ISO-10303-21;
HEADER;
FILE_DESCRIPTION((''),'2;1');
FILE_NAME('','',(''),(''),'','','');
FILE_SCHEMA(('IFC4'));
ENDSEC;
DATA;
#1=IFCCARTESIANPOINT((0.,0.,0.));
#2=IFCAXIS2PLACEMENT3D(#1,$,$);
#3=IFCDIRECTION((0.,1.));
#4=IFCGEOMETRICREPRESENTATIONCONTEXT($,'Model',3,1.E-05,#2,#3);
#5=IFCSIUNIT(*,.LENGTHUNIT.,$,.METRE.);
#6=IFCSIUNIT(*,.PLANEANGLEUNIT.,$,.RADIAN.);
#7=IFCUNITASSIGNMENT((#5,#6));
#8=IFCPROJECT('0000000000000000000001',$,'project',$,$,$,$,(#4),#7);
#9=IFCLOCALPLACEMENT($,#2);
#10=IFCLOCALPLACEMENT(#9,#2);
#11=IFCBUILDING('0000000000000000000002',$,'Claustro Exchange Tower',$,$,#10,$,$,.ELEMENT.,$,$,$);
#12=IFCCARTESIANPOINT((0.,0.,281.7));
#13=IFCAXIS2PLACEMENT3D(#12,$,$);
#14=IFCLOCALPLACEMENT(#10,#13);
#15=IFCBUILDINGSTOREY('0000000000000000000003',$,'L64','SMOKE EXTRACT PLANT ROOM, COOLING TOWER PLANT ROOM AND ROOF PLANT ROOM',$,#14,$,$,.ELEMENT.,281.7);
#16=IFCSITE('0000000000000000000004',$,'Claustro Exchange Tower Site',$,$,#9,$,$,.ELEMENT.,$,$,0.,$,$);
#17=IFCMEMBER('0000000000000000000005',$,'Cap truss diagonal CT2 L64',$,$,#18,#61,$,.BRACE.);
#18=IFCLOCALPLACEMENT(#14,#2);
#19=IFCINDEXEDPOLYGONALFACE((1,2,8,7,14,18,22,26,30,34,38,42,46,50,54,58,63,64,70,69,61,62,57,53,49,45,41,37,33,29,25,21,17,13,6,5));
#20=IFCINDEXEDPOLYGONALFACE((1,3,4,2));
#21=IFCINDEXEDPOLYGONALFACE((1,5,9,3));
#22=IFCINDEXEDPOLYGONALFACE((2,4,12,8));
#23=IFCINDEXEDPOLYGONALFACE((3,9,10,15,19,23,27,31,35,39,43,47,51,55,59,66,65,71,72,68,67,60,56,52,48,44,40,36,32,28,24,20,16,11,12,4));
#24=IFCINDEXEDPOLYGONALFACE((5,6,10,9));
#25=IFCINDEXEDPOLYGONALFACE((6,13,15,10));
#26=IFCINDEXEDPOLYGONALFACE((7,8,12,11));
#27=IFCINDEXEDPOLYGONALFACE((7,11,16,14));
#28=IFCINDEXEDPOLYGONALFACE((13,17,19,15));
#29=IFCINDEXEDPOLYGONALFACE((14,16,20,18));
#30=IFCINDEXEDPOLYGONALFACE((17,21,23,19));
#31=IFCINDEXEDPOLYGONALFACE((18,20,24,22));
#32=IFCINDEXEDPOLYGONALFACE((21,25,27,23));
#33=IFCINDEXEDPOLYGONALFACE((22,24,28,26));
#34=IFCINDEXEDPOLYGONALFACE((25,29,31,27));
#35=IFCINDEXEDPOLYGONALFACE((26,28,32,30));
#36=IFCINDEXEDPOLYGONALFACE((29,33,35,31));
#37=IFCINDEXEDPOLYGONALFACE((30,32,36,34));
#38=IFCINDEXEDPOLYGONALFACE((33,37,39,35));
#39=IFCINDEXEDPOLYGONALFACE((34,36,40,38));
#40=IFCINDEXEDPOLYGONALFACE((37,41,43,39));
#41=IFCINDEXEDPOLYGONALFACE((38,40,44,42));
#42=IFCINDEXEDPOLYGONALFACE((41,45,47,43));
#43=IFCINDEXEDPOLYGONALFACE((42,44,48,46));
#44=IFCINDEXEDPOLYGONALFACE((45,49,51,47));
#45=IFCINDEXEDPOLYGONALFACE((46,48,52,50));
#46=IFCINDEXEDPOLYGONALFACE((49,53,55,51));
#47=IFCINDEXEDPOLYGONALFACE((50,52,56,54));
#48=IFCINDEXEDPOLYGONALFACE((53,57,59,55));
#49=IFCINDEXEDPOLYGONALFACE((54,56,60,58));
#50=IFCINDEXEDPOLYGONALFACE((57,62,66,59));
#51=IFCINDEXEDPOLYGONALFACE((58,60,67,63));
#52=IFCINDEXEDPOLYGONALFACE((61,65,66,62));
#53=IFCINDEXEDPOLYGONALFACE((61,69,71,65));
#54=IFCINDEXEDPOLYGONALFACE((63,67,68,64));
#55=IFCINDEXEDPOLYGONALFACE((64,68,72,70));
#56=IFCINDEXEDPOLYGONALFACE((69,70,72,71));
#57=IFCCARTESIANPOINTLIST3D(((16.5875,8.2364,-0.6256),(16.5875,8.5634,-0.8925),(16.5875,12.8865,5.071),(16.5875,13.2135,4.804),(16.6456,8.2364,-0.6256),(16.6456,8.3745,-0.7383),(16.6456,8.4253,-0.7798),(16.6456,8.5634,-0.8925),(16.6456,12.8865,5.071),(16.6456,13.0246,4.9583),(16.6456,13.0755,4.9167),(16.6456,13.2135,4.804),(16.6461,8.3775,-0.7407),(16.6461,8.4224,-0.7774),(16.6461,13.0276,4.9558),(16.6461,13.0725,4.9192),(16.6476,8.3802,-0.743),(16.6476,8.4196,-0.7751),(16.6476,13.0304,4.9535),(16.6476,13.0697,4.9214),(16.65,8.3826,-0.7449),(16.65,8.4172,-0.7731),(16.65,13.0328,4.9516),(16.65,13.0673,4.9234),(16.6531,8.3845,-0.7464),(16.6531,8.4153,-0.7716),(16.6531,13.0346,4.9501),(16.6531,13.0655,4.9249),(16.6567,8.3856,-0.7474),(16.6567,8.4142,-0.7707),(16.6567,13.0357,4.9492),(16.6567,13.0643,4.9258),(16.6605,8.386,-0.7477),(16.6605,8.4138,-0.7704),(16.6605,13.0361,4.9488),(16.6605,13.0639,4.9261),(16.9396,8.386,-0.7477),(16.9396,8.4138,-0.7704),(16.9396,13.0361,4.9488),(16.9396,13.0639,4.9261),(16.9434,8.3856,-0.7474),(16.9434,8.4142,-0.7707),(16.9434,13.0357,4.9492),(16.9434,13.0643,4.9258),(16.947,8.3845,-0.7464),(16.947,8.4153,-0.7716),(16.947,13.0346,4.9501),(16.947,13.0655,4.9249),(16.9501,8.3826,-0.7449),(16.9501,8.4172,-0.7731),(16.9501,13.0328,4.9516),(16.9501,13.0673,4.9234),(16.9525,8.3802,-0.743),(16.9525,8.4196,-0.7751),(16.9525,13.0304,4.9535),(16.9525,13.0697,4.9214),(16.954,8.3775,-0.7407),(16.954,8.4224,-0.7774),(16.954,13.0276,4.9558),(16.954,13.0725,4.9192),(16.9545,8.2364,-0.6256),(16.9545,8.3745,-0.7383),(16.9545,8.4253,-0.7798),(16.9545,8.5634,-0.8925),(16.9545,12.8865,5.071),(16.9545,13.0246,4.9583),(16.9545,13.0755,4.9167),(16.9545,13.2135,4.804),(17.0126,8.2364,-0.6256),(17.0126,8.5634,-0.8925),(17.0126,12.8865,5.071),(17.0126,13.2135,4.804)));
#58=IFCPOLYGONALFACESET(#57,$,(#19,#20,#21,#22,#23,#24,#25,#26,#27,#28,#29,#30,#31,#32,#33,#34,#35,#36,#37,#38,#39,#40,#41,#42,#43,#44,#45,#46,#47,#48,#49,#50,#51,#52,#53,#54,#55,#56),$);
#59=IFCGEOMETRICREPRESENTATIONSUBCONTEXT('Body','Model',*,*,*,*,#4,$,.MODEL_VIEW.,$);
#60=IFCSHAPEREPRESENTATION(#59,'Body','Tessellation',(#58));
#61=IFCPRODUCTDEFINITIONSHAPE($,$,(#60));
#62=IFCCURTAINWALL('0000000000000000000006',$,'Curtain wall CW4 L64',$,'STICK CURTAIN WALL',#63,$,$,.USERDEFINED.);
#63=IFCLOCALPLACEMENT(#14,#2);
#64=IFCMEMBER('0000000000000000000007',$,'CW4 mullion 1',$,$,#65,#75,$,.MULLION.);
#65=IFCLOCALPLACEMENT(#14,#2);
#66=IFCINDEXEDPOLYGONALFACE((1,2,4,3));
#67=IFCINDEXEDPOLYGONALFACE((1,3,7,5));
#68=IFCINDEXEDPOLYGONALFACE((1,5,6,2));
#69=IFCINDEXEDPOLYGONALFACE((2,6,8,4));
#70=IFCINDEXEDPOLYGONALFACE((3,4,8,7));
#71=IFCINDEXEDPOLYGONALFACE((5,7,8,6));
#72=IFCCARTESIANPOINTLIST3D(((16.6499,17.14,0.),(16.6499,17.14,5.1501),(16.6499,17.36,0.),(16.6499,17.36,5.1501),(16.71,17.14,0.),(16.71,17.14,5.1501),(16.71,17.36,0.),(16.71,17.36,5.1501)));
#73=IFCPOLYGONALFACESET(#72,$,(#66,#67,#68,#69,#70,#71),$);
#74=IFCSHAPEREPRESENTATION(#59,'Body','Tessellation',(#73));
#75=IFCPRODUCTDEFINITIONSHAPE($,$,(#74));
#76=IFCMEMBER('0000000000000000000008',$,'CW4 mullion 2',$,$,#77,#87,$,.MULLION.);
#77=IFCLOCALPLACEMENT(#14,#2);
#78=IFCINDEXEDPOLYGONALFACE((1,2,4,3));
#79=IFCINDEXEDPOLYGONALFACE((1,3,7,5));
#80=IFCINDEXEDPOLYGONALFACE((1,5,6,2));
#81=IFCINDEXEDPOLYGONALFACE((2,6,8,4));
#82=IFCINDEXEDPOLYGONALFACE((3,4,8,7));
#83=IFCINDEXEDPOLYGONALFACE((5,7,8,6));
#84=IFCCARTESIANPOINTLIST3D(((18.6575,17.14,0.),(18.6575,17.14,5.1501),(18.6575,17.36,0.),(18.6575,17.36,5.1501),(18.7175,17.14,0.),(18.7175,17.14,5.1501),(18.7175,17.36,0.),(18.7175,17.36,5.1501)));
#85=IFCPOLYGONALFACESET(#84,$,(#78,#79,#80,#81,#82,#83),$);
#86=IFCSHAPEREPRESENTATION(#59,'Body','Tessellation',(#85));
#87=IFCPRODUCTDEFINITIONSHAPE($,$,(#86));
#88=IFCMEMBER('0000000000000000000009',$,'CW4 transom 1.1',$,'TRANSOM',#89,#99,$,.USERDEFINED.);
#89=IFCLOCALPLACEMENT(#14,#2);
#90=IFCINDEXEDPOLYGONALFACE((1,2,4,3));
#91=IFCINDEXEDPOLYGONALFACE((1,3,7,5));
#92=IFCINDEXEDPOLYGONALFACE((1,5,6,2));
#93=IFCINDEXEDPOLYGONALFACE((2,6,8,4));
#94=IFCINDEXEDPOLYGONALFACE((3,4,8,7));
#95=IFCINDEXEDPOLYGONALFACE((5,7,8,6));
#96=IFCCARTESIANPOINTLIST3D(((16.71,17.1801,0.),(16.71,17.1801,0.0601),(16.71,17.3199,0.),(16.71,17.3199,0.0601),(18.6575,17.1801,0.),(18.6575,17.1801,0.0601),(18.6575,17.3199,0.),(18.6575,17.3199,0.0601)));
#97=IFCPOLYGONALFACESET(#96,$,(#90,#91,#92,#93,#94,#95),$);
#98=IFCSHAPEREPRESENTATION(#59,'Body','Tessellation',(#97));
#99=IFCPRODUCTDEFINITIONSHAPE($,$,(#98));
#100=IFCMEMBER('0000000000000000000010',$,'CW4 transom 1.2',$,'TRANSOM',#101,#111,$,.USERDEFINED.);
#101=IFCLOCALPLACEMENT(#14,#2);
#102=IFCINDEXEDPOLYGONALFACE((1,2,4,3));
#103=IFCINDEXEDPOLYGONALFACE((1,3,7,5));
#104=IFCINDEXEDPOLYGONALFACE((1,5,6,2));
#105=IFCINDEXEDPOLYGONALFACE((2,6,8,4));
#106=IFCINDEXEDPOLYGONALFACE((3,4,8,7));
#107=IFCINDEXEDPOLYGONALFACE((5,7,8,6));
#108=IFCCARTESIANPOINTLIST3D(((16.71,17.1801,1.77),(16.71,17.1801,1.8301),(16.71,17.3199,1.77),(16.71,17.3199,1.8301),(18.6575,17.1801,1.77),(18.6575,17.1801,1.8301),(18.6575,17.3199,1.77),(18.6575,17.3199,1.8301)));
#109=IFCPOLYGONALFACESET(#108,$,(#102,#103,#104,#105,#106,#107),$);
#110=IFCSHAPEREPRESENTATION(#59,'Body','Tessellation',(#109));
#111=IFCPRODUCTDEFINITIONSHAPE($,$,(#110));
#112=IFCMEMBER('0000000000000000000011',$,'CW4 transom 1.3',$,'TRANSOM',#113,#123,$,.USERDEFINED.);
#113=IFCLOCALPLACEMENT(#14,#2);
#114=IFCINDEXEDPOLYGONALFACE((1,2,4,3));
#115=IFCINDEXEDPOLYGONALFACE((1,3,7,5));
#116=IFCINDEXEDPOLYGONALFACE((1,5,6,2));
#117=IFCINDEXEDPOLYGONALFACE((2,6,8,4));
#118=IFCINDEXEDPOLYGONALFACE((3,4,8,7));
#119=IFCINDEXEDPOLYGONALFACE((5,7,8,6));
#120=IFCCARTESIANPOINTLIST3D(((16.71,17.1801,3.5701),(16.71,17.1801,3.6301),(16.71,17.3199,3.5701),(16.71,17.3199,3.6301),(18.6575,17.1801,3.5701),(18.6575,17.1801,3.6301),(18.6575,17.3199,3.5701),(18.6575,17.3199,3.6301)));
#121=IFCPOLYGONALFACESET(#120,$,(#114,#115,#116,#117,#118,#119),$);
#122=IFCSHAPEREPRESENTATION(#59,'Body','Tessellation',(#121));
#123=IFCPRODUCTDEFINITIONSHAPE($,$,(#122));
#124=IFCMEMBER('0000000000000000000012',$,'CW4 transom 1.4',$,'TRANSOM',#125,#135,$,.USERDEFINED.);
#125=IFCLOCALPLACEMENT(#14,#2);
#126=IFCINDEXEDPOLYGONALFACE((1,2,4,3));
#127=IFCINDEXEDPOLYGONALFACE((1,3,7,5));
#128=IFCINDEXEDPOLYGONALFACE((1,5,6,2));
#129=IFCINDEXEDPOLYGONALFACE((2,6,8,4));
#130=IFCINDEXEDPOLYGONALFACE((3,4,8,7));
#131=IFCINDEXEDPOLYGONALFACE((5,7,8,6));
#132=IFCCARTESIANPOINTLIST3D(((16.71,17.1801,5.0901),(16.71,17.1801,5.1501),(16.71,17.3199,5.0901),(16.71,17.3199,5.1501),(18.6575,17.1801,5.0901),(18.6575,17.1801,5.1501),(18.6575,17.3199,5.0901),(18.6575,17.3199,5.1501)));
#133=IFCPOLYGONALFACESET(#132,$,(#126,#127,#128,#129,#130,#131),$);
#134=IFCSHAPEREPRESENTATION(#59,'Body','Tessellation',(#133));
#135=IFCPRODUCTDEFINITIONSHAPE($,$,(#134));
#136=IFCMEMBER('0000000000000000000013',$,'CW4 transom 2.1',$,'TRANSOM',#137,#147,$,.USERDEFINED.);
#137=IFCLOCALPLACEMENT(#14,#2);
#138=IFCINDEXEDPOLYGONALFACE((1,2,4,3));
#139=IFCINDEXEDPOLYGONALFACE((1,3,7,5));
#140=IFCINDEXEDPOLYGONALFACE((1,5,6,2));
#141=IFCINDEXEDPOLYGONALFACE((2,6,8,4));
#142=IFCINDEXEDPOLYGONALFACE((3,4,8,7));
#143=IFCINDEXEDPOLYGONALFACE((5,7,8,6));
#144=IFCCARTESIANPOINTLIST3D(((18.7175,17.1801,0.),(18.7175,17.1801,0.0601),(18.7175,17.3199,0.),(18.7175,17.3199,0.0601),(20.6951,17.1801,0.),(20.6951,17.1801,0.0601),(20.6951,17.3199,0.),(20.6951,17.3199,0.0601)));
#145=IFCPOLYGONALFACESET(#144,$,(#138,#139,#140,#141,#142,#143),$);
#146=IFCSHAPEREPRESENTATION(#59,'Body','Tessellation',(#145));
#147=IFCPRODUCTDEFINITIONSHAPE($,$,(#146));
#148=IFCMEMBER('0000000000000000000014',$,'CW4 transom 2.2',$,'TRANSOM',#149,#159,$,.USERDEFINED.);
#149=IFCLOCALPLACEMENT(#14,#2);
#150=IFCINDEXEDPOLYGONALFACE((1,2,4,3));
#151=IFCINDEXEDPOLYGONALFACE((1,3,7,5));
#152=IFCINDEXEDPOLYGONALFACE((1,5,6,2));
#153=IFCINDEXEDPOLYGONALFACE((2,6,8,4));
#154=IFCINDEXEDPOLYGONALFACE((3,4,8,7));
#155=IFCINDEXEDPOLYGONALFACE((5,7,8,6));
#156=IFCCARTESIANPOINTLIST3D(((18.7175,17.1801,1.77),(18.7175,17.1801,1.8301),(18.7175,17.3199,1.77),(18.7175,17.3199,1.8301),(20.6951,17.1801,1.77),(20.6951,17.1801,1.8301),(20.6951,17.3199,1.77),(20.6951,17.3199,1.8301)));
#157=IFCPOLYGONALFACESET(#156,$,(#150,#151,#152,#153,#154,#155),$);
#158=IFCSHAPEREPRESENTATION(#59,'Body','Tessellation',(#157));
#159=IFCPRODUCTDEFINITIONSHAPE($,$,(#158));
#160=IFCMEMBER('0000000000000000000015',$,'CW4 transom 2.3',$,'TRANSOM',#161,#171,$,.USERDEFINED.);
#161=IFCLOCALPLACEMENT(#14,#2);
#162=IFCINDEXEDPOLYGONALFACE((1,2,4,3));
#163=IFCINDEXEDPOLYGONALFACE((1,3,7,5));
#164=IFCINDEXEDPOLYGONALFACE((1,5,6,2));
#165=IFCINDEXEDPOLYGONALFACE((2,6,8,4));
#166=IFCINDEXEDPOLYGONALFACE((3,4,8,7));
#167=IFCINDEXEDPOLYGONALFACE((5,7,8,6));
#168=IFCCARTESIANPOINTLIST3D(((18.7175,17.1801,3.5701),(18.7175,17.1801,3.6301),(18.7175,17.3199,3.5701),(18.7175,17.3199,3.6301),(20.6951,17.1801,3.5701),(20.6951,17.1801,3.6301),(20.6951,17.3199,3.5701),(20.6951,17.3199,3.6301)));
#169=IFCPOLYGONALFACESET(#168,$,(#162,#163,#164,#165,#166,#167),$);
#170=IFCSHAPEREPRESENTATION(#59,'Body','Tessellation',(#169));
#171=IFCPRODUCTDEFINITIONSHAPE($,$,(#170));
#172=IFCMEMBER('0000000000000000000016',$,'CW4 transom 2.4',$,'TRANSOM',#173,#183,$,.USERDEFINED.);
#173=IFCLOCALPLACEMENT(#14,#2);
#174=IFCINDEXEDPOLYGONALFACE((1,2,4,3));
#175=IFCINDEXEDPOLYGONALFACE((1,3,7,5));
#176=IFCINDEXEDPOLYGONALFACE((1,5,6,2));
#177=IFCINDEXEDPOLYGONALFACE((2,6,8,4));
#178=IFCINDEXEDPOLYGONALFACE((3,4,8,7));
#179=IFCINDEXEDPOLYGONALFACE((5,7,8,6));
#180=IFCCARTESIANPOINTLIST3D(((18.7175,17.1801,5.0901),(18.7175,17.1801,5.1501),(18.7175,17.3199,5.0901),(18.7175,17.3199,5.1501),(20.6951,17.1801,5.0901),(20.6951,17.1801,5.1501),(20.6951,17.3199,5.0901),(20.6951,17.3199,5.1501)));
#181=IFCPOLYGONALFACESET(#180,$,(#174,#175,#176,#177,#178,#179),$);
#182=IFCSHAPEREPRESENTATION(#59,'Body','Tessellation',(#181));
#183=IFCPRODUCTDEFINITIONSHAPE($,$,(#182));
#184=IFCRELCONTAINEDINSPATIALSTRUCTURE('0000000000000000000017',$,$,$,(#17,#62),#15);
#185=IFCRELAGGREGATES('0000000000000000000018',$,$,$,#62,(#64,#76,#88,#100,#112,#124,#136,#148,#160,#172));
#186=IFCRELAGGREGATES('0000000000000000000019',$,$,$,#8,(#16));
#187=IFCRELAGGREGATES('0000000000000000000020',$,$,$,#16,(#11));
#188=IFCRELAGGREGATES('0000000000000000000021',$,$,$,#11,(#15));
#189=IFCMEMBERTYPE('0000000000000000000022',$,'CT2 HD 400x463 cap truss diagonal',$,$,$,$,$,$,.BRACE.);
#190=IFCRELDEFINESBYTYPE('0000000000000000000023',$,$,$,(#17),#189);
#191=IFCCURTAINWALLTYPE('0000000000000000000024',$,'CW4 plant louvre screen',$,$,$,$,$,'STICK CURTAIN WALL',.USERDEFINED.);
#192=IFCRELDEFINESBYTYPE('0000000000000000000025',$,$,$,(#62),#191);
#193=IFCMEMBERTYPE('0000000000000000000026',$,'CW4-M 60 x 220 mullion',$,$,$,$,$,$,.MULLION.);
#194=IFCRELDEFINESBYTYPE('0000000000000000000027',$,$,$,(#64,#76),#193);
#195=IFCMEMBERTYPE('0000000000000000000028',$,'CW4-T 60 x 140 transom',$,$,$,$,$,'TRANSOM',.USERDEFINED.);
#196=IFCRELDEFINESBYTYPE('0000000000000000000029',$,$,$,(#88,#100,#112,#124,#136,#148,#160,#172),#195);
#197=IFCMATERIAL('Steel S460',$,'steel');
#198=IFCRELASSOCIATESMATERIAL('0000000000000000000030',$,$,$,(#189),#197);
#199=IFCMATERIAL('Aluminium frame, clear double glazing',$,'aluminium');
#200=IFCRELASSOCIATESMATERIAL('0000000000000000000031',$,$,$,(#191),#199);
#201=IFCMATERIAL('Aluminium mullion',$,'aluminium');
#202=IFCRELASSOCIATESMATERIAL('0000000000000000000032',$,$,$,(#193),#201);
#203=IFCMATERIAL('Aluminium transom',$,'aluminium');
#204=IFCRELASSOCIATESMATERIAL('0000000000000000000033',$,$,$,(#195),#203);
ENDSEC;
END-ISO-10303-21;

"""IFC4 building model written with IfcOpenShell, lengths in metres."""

from ifc_helpers import new_model, si_unit, direction, frame, origin, origin_2d, place, context, subcontext, project, spatial, rectangle, i_section, extrude, material, material_profile, profile_set, type_object, element, aggregate, save


model = new_model("IFC4")

# Units and contexts
model_context = context("Model", 3, precision=1e-05, world=origin(), true_north=direction((0.0, 1.0)))
body_context = subcontext(model_context, "Body", "Model", "MODEL_VIEW")
ifc_project = project(units=[si_unit("LENGTHUNIT", "METRE"), si_unit("PLANEANGLEUNIT", "RADIAN")], contexts=[model_context])

# Site, building, storey
site_placement = place(None, origin())
site = spatial("IfcSite", under=ifc_project, at=site_placement, Name="Claustro Exchange Tower Site", CompositionType="ELEMENT", RefElevation=0.0)
building_placement = place(site_placement, origin())
building = spatial("IfcBuilding", under=site, at=building_placement, Name="Claustro Exchange Tower", CompositionType="ELEMENT")
storey_placement = place(building_placement, frame((0.0, 0.0, 281.7)))
storey = spatial("IfcBuildingStorey", under=building, at=storey_placement, Name="L64", Description="SMOKE EXTRACT PLANT ROOM, COOLING TOWER PLANT ROOM AND ROOF PLANT ROOM", CompositionType="ELEMENT", Elevation=281.7)

# Member
ifc_material_1 = material(Name="Steel S460", Category="steel")
ifc_material_profile_1 = material_profile(ifc_material_1, i_section(OverallWidth=0.4221, OverallDepth=0.425, WebThickness=0.0359, FlangeThickness=0.0581, FilletRadius=0.0149, at=origin_2d()), Name="HD 400x463")
ifc_profile_set_1 = profile_set([ifc_material_profile_1], Name="Steel S460")
member_type_1 = type_object("IfcMemberType", Name="CT2 HD 400x463 cap truss diagonal", PredefinedType="BRACE", material=ifc_profile_set_1)
member_1_placement = place(storey_placement, frame((16.8, 8.3999, -0.759), z_axis=(0.0, 0.63237, 0.774667), x_axis=(0.0, -0.774667, 0.63237)))
element("IfcMember", 1, at=member_1_placement, inside=storey, type_object=member_type_1, Name="Cap truss diagonal CT2 L64", PredefinedType="BRACE", context=body_context, shape_type="SweptSolid", body=[
    extrude(i_section(OverallWidth=0.4221, OverallDepth=0.425, WebThickness=0.0359, FlangeThickness=0.0581, FilletRadius=0.0149, at=origin_2d()), origin(), (0.0, 0.0, 1.0), 7.3535),
])

# Curtain wall, members
ifc_material_2 = material(Name="Aluminium frame, clear double glazing", Category="aluminium")
curtain_wall_type = type_object("IfcCurtainWallType", Name="CW4 plant louvre screen", ElementType="STICK CURTAIN WALL", PredefinedType="USERDEFINED", material=ifc_material_2)
curtain_wall_placement = place(storey_placement, origin())
curtain_wall = element("IfcCurtainWall", 2, at=curtain_wall_placement, inside=storey, type_object=curtain_wall_type, Name="Curtain wall CW4 L64", ObjectType="STICK CURTAIN WALL", PredefinedType="USERDEFINED")
ifc_material_3 = material(Name="Aluminium mullion", Category="aluminium")
ifc_material_profile_2 = material_profile(ifc_material_3, rectangle(XDim=0.22, YDim=0.0601, at=origin_2d()), Name="CW4-M 60x220")
ifc_profile_set_2 = profile_set([ifc_material_profile_2], Name="Aluminium mullion")
member_type_2 = type_object("IfcMemberType", Name="CW4-M 60 x 220 mullion", PredefinedType="MULLION", material=ifc_profile_set_2)
member_2_placement = place(storey_placement, frame((16.6799, 17.25, 0.0), z_axis=(0.0, 0.0, 1.0), x_axis=(0.0, 1.0, 0.0)))
member_2 = element("IfcMember", 3, at=member_2_placement, type_object=member_type_2, Name="CW4 mullion 1", PredefinedType="MULLION", context=body_context, shape_type="SweptSolid", body=[
    extrude(rectangle(XDim=0.22, YDim=0.0601, at=origin_2d()), origin(), (0.0, 0.0, 1.0), 5.1501),
])
member_3_placement = place(storey_placement, frame((18.6875, 17.25, 0.0), z_axis=(0.0, 0.0, 1.0), x_axis=(0.0, 1.0, 0.0)))
member_3 = element("IfcMember", 4, at=member_3_placement, type_object=member_type_2, Name="CW4 mullion 2", PredefinedType="MULLION", context=body_context, shape_type="SweptSolid", body=[
    extrude(rectangle(XDim=0.22, YDim=0.0601, at=origin_2d()), origin(), (0.0, 0.0, 1.0), 5.1501),
])
ifc_material_4 = material(Name="Aluminium transom", Category="aluminium")
ifc_material_profile_3 = material_profile(ifc_material_4, rectangle(XDim=0.1399, YDim=0.0601, at=origin_2d()), Name="CW4-T 60x140")
ifc_profile_set_3 = profile_set([ifc_material_profile_3], Name="Aluminium transom")
member_type_3 = type_object("IfcMemberType", Name="CW4-T 60 x 140 transom", ElementType="TRANSOM", PredefinedType="USERDEFINED", material=ifc_profile_set_3)
member_4_placement = place(storey_placement, frame((16.71, 17.25, 0.03), z_axis=(1.0, 0.0, 0.0), x_axis=(0.0, 1.0, 0.0)))
member_4 = element("IfcMember", 5, at=member_4_placement, type_object=member_type_3, Name="CW4 transom 1.1", ObjectType="TRANSOM", PredefinedType="USERDEFINED", context=body_context, shape_type="SweptSolid", body=[
    extrude(rectangle(XDim=0.1399, YDim=0.0601, at=origin_2d()), origin(), (0.0, 0.0, 1.0), 1.9475),
])
member_5_placement = place(storey_placement, frame((16.71, 17.25, 1.8), z_axis=(1.0, 0.0, 0.0), x_axis=(0.0, 1.0, 0.0)))
member_5 = element("IfcMember", 6, at=member_5_placement, type_object=member_type_3, Name="CW4 transom 1.2", ObjectType="TRANSOM", PredefinedType="USERDEFINED", context=body_context, shape_type="SweptSolid", body=[
    extrude(rectangle(XDim=0.1399, YDim=0.0601, at=origin_2d()), origin(), (0.0, 0.0, 1.0), 1.9475),
])
member_6_placement = place(storey_placement, frame((16.71, 17.25, 3.6001), z_axis=(1.0, 0.0, 0.0), x_axis=(0.0, 1.0, 0.0)))
member_6 = element("IfcMember", 7, at=member_6_placement, type_object=member_type_3, Name="CW4 transom 1.3", ObjectType="TRANSOM", PredefinedType="USERDEFINED", context=body_context, shape_type="SweptSolid", body=[
    extrude(rectangle(XDim=0.1399, YDim=0.0601, at=origin_2d()), origin(), (0.0, 0.0, 1.0), 1.9475),
])
member_7_placement = place(storey_placement, frame((16.71, 17.25, 5.1201), z_axis=(1.0, 0.0, 0.0), x_axis=(0.0, 1.0, 0.0)))
member_7 = element("IfcMember", 8, at=member_7_placement, type_object=member_type_3, Name="CW4 transom 1.4", ObjectType="TRANSOM", PredefinedType="USERDEFINED", context=body_context, shape_type="SweptSolid", body=[
    extrude(rectangle(XDim=0.1399, YDim=0.0601, at=origin_2d()), origin(), (0.0, 0.0, 1.0), 1.9475),
])
member_8_placement = place(storey_placement, frame((18.7175, 17.25, 0.03), z_axis=(1.0, 0.0, 0.0), x_axis=(0.0, 1.0, 0.0)))
member_8 = element("IfcMember", 9, at=member_8_placement, type_object=member_type_3, Name="CW4 transom 2.1", ObjectType="TRANSOM", PredefinedType="USERDEFINED", context=body_context, shape_type="SweptSolid", body=[
    extrude(rectangle(XDim=0.1399, YDim=0.0601, at=origin_2d()), origin(), (0.0, 0.0, 1.0), 1.9775),
])
member_9_placement = place(storey_placement, frame((18.7175, 17.25, 1.8), z_axis=(1.0, 0.0, 0.0), x_axis=(0.0, 1.0, 0.0)))
member_9 = element("IfcMember", 10, at=member_9_placement, type_object=member_type_3, Name="CW4 transom 2.2", ObjectType="TRANSOM", PredefinedType="USERDEFINED", context=body_context, shape_type="SweptSolid", body=[
    extrude(rectangle(XDim=0.1399, YDim=0.0601, at=origin_2d()), origin(), (0.0, 0.0, 1.0), 1.9775),
])
member_10_placement = place(storey_placement, frame((18.7175, 17.25, 3.6001), z_axis=(1.0, 0.0, 0.0), x_axis=(0.0, 1.0, 0.0)))
member_10 = element("IfcMember", 11, at=member_10_placement, type_object=member_type_3, Name="CW4 transom 2.3", ObjectType="TRANSOM", PredefinedType="USERDEFINED", context=body_context, shape_type="SweptSolid", body=[
    extrude(rectangle(XDim=0.1399, YDim=0.0601, at=origin_2d()), origin(), (0.0, 0.0, 1.0), 1.9775),
])
member_11_placement = place(storey_placement, frame((18.7175, 17.25, 5.1201), z_axis=(1.0, 0.0, 0.0), x_axis=(0.0, 1.0, 0.0)))
member_11 = element("IfcMember", 12, at=member_11_placement, type_object=member_type_3, Name="CW4 transom 2.4", ObjectType="TRANSOM", PredefinedType="USERDEFINED", context=body_context, shape_type="SweptSolid", body=[
    extrude(rectangle(XDim=0.1399, YDim=0.0601, at=origin_2d()), origin(), (0.0, 0.0, 1.0), 1.9775),
])
aggregate(curtain_wall, [member_2, member_3, member_4, member_5, member_6, member_7, member_8, member_9, member_10, member_11])

save(model, "model.ifc")
